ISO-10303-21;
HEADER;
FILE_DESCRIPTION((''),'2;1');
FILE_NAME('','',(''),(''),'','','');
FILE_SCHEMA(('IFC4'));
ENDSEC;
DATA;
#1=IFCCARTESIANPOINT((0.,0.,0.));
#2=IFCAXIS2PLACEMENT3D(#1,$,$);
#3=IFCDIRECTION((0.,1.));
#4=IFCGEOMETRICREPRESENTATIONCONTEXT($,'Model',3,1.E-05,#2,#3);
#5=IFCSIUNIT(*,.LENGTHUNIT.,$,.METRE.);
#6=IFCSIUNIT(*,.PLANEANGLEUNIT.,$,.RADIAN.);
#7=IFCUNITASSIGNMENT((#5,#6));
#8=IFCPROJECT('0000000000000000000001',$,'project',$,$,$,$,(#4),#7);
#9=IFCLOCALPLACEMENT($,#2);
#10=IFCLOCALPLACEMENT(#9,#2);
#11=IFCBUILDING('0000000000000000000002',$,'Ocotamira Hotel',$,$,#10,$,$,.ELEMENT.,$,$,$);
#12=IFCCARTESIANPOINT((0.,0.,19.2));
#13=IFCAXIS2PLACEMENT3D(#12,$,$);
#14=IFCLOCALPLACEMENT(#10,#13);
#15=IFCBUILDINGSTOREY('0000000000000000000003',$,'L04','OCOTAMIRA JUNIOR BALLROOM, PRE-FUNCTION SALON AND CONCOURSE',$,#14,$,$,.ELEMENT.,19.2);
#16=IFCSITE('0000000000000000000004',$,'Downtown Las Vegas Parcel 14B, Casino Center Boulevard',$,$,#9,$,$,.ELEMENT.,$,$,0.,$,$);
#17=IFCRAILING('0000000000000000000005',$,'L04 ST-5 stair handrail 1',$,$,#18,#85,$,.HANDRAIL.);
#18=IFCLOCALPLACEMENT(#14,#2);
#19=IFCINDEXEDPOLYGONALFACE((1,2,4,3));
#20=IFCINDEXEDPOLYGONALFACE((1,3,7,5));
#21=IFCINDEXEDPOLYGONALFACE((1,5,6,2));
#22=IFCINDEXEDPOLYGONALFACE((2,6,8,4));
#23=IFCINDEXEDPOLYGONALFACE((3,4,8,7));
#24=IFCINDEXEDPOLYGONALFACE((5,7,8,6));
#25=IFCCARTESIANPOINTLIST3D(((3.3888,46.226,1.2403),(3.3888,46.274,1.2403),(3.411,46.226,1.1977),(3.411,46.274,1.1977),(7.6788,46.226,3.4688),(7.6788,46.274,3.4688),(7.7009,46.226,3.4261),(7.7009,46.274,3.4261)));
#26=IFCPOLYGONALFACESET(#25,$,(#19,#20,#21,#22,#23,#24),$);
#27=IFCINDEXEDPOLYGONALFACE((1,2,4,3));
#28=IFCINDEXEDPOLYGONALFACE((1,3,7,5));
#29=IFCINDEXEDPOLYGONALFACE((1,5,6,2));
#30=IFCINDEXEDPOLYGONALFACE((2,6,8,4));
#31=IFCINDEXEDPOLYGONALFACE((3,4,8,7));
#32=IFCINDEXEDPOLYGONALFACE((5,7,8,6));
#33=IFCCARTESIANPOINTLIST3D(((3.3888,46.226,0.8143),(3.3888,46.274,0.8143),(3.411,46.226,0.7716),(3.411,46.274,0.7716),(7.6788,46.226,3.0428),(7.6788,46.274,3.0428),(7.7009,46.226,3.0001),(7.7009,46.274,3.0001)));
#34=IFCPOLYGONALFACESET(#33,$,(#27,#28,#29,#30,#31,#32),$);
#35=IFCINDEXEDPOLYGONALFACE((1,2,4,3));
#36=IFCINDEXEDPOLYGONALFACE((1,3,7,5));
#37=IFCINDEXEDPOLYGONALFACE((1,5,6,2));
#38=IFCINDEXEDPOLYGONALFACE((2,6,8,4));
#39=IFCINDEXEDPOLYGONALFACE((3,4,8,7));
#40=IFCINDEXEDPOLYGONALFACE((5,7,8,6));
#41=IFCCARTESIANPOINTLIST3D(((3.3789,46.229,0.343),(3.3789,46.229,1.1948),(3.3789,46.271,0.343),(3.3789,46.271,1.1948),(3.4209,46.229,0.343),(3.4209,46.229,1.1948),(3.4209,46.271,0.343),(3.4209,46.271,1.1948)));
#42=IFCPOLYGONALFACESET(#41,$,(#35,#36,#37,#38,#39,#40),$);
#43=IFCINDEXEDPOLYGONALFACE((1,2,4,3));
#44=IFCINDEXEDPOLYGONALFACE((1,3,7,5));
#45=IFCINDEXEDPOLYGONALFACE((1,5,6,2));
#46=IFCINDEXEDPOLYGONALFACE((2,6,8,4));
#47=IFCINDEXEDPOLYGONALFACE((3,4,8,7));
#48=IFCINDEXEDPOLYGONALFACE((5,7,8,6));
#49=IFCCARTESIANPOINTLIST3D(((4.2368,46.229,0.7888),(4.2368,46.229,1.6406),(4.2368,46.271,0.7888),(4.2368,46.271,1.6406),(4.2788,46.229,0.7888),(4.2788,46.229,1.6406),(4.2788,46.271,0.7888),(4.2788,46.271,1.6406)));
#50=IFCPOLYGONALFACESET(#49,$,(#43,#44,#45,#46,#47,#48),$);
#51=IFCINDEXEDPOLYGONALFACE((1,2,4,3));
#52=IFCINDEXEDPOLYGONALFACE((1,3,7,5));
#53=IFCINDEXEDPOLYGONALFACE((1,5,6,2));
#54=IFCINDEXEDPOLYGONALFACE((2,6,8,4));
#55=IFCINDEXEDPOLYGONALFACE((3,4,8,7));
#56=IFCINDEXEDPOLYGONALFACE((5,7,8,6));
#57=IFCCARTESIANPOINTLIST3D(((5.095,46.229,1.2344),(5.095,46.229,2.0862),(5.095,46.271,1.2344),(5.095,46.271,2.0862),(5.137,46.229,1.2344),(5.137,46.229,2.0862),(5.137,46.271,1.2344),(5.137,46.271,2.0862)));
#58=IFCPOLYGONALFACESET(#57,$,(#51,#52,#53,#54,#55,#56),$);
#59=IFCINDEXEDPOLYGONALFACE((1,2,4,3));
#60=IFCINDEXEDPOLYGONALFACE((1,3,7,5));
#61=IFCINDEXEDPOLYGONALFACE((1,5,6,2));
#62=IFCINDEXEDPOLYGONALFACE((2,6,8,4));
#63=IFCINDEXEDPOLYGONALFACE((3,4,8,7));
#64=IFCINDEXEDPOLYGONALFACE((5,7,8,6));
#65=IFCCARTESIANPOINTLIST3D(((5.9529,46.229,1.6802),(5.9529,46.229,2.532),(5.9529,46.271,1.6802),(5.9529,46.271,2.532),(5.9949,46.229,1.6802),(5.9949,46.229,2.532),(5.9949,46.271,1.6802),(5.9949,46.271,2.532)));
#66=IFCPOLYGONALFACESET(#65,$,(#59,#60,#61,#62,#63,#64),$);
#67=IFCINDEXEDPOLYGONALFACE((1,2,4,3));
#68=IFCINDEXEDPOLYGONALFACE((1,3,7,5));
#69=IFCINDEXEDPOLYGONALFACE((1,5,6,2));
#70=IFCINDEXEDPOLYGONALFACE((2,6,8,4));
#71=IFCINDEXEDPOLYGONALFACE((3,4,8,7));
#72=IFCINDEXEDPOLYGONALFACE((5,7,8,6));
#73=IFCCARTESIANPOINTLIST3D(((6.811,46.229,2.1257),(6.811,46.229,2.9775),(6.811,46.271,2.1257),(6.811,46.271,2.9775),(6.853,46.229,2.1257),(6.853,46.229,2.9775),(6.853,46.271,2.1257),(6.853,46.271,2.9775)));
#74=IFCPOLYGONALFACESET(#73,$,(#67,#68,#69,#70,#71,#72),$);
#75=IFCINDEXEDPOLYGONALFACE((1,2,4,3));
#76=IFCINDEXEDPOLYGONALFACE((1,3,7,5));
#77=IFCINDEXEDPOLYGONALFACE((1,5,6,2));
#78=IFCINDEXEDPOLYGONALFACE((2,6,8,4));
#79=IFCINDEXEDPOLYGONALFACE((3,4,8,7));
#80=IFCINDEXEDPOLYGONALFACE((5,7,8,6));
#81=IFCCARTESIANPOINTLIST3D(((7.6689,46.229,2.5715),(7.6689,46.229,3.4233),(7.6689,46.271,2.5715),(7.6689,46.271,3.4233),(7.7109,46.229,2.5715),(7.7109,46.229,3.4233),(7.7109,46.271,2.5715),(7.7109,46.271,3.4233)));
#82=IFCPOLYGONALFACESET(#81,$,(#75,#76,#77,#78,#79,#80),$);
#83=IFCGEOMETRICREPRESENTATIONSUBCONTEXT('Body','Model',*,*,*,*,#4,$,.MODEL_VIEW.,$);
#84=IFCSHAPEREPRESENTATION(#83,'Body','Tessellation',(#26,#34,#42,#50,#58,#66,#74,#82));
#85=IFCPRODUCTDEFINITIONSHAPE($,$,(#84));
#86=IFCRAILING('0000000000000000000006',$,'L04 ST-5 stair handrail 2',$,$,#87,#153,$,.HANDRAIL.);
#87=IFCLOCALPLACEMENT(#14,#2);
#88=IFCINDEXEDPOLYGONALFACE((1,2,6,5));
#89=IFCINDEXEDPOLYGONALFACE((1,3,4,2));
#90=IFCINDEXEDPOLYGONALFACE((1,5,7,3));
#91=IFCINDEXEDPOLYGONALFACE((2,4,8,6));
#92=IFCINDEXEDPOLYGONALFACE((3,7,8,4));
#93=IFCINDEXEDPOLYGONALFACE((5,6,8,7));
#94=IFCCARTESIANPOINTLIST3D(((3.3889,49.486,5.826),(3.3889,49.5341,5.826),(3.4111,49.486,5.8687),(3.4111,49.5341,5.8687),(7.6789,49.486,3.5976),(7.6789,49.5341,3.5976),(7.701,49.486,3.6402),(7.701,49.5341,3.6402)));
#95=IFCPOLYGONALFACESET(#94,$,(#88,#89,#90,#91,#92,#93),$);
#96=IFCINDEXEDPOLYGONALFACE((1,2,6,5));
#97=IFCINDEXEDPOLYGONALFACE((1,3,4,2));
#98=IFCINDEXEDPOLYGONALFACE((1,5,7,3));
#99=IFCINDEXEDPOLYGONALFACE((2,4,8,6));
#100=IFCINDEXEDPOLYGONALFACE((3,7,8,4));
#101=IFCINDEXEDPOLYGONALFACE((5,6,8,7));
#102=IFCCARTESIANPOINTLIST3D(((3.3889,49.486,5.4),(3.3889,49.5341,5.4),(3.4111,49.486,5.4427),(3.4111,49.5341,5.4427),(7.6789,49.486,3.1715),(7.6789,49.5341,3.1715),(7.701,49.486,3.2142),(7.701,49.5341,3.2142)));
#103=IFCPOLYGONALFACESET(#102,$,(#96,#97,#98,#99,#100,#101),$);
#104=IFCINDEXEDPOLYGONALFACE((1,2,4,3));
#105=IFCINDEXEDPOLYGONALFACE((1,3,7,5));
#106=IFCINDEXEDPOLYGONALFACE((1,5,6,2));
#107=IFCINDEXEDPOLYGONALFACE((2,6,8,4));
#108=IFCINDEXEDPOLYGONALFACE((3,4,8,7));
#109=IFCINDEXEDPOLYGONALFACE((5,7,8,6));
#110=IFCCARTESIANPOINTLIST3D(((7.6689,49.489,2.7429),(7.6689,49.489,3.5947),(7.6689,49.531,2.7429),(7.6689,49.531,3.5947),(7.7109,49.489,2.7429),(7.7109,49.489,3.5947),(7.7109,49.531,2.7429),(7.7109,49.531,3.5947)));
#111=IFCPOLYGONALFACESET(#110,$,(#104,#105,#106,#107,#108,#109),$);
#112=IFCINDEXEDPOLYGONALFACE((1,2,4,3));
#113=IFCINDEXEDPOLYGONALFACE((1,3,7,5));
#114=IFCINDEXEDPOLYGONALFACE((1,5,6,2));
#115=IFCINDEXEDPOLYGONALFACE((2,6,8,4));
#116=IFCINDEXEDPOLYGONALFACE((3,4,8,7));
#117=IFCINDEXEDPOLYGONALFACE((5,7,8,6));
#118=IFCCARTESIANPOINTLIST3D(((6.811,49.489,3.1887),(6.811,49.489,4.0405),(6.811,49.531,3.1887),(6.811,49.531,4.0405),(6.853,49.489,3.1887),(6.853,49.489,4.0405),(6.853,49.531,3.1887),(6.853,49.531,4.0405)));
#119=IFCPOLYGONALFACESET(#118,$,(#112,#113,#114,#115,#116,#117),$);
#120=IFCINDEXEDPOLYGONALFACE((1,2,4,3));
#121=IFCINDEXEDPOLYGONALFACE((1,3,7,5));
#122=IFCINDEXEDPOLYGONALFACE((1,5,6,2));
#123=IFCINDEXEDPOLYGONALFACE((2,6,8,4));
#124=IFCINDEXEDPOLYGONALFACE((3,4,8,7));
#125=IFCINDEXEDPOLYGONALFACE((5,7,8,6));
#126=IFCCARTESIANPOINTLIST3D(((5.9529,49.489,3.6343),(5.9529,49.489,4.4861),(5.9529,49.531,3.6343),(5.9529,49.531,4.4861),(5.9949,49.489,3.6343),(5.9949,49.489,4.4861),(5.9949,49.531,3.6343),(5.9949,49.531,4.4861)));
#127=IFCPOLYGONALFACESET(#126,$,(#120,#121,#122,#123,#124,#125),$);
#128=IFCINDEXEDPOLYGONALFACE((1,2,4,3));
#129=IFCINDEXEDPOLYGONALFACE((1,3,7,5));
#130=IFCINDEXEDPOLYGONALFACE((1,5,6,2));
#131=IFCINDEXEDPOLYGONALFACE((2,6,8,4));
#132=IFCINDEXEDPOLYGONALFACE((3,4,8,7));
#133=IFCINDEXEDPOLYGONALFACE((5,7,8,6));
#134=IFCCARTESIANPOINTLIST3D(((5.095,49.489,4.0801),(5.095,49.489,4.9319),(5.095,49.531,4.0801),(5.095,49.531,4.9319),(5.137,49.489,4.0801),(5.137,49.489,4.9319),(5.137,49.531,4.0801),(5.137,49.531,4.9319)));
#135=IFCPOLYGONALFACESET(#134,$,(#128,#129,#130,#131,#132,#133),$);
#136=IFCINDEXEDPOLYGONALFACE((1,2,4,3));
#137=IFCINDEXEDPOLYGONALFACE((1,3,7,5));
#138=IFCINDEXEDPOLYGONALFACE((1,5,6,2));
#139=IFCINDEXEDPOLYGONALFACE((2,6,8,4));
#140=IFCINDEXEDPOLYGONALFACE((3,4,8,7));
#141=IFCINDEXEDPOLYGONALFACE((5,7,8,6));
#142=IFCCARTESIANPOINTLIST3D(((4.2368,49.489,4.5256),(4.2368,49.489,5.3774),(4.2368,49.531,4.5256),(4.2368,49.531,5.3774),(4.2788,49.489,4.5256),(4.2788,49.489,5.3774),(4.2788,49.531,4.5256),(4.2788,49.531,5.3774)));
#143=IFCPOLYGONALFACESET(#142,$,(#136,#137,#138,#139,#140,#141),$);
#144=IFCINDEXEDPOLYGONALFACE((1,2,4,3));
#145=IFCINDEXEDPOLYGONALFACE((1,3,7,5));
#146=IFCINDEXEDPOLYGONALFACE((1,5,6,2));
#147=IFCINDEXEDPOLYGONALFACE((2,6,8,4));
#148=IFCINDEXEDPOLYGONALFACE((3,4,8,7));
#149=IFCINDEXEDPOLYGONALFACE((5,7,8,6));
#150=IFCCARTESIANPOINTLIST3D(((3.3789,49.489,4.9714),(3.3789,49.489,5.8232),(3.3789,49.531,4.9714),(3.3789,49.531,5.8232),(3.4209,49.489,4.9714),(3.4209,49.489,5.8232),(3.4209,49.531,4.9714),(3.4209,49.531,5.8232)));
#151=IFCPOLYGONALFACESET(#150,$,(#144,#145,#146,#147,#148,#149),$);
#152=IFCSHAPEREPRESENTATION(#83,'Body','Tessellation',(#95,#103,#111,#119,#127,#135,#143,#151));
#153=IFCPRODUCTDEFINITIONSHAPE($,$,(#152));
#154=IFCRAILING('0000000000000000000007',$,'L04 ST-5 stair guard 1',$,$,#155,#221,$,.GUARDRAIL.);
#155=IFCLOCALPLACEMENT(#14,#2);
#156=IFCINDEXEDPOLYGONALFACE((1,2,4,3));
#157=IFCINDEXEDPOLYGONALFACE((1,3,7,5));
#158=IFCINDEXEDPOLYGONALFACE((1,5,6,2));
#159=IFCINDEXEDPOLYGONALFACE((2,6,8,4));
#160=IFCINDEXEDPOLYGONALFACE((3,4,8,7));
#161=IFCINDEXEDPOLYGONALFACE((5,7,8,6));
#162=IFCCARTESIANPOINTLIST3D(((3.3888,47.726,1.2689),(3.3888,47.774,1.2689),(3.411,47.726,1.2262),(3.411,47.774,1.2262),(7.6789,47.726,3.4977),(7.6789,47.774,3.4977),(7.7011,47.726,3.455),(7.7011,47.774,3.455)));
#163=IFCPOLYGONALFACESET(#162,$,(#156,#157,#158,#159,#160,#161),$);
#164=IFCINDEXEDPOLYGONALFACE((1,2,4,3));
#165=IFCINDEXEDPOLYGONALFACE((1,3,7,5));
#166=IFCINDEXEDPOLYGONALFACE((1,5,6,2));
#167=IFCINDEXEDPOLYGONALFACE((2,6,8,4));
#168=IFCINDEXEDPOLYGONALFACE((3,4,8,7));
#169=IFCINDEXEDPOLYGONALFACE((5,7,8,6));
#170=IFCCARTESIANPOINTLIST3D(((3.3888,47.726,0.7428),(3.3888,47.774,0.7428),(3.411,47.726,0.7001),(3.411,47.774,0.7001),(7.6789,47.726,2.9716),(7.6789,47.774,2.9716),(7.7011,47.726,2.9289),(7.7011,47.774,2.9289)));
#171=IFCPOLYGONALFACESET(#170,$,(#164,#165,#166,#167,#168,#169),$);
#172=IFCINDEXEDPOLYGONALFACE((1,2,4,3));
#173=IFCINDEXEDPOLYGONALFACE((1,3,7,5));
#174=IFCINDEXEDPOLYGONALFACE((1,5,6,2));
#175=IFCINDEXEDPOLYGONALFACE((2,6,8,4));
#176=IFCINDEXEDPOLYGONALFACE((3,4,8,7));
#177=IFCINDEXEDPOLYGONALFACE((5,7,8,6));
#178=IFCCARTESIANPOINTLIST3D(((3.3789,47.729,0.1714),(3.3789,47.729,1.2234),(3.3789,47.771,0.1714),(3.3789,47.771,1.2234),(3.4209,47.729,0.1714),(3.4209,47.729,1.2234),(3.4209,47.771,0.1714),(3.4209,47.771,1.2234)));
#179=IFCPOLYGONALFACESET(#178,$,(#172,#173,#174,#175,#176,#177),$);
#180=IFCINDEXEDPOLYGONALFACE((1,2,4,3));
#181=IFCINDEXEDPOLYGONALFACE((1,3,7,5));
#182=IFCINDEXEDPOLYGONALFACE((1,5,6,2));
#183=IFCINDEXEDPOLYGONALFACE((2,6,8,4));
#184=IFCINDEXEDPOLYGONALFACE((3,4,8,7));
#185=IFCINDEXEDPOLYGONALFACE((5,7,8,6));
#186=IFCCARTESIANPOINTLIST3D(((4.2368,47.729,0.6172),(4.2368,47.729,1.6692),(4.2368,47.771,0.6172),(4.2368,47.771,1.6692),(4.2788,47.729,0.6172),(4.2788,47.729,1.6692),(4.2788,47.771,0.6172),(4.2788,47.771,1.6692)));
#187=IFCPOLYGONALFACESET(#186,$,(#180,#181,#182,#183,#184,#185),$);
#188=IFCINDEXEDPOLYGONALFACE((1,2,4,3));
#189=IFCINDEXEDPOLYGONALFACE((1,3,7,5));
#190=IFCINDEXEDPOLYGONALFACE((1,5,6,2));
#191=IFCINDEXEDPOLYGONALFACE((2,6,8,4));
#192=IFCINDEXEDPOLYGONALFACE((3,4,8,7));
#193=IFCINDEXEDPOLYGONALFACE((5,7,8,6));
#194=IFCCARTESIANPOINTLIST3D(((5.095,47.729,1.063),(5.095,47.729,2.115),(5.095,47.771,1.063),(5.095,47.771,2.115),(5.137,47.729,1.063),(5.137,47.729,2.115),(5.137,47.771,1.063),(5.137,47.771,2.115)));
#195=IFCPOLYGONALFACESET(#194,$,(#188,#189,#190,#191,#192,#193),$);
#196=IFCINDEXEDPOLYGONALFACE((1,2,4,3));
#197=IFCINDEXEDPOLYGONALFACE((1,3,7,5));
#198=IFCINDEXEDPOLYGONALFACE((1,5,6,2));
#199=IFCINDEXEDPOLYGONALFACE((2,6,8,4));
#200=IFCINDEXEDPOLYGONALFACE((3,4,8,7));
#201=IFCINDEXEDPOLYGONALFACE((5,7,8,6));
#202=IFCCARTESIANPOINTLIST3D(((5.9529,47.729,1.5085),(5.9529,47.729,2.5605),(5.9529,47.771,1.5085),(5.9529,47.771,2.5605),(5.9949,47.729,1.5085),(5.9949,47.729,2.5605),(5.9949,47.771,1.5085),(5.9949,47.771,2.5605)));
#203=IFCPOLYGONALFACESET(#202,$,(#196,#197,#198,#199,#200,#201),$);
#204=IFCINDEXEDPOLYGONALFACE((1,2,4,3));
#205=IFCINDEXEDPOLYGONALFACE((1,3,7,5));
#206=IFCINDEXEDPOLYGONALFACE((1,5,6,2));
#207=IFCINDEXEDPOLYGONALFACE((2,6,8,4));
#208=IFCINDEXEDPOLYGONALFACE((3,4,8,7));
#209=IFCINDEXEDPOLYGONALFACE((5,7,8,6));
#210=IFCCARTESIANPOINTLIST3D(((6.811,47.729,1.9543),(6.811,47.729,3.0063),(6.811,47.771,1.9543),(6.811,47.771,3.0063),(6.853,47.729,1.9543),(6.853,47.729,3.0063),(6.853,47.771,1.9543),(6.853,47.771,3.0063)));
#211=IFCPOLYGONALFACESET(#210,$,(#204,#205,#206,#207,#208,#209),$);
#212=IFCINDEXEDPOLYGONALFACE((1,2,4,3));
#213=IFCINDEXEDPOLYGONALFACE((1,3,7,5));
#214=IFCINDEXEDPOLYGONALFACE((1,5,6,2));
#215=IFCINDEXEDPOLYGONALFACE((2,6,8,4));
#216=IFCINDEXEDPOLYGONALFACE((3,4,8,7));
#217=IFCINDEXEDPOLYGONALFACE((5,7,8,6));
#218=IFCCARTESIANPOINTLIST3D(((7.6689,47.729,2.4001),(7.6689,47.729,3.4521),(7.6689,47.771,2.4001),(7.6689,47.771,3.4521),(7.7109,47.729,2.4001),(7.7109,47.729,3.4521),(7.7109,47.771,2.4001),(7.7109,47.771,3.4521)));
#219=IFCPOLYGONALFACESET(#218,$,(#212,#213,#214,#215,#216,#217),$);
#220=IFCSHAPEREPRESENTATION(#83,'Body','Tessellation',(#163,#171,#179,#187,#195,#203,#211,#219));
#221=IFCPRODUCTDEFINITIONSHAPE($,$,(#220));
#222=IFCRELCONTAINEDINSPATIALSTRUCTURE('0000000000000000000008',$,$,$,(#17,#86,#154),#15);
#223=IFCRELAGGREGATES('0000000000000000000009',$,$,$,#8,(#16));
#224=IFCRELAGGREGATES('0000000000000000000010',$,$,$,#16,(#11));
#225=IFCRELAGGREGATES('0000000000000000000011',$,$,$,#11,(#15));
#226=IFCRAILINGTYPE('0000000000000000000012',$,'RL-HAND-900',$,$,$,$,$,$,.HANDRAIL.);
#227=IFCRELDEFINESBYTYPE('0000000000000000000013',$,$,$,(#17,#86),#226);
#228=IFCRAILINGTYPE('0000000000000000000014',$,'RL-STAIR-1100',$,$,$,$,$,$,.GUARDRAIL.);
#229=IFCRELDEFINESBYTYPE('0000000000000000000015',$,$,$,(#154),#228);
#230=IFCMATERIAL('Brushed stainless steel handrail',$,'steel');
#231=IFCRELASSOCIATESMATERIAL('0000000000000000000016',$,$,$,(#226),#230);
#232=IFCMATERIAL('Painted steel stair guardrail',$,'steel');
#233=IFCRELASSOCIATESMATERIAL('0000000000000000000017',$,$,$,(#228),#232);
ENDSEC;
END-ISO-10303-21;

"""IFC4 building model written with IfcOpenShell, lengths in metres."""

from ifc_helpers import new_model, si_unit, direction, frame, origin, origin_2d, place, context, subcontext, project, spatial, rectangle, extrude, material, type_object, element, save


model = new_model("IFC4")

# Units and contexts
model_context = context("Model", 3, precision=1e-05, world=origin(), true_north=direction((0.0, 1.0)))
body_context = subcontext(model_context, "Body", "Model", "MODEL_VIEW")
ifc_project = project(units=[si_unit("LENGTHUNIT", "METRE"), si_unit("PLANEANGLEUNIT", "RADIAN")], contexts=[model_context])

# Site, building, storey
site_placement = place(None, origin())
site = spatial("IfcSite", under=ifc_project, at=site_placement, Name="Downtown Las Vegas Parcel 14B, Casino Center Boulevard", CompositionType="ELEMENT", RefElevation=0.0)
building_placement = place(site_placement, origin())
building = spatial("IfcBuilding", under=site, at=building_placement, Name="Ocotamira Hotel", CompositionType="ELEMENT")
storey_placement = place(building_placement, frame((0.0, 0.0, 19.2)))
storey = spatial("IfcBuildingStorey", under=building, at=storey_placement, Name="L04", Description="OCOTAMIRA JUNIOR BALLROOM, PRE-FUNCTION SALON AND CONCOURSE", CompositionType="ELEMENT", Elevation=19.2)

# Railings
ifc_material_1 = material(Name="Brushed stainless steel handrail", Category="steel")
railing_type_1 = type_object("IfcRailingType", Name="RL-HAND-900", PredefinedType="HANDRAIL", material=ifc_material_1)
railing_1_placement = place(storey_placement, frame((3.3999, 46.25, 0.343)))
element("IfcRailing", 1, at=railing_1_placement, inside=storey, type_object=railing_type_1, Name="L04 ST-5 stair handrail 1", PredefinedType="HANDRAIL", context=body_context, shape_type="SweptSolid", body=[
    extrude(rectangle(XDim=0.0481, YDim=0.0481, at=origin_2d()), frame((0.0, 0.0, 0.876), z_axis=(0.887412, 0.0, 0.460977), x_axis=(0.0, 1.0, 0.0)), (0.0, 0.0, 1.0), 4.8342),
    extrude(rectangle(XDim=0.0481, YDim=0.0481, at=origin_2d()), frame((0.0, 0.0, 0.45), z_axis=(0.887412, 0.0, 0.460977), x_axis=(0.0, 1.0, 0.0)), (0.0, 0.0, 1.0), 4.8342),
    extrude(rectangle(XDim=0.042, YDim=0.042, at=origin_2d()), origin(), (0.0, 0.0, 1.0), 0.8518),
    extrude(rectangle(XDim=0.042, YDim=0.042, at=origin_2d()), frame((0.8579, 0.0, 0.4458)), (0.0, 0.0, 1.0), 0.8518),
    extrude(rectangle(XDim=0.042, YDim=0.042, at=origin_2d()), frame((1.7161, 0.0, 0.8914)), (0.0, 0.0, 1.0), 0.8518),
    extrude(rectangle(XDim=0.042, YDim=0.042, at=origin_2d()), frame((2.574, 0.0, 1.3372)), (0.0, 0.0, 1.0), 0.8518),
    extrude(rectangle(XDim=0.042, YDim=0.042, at=origin_2d()), frame((3.4321, 0.0, 1.7827)), (0.0, 0.0, 1.0), 0.8518),
    extrude(rectangle(XDim=0.042, YDim=0.042, at=origin_2d()), frame((4.29, 0.0, 2.2285)), (0.0, 0.0, 1.0), 0.8518),
])
railing_2_placement = place(storey_placement, frame((7.6899, 49.51, 2.7429)))
element("IfcRailing", 2, at=railing_2_placement, inside=storey, type_object=railing_type_1, Name="L04 ST-5 stair handrail 2", PredefinedType="HANDRAIL", context=body_context, shape_type="SweptSolid", body=[
    extrude(rectangle(XDim=0.0481, YDim=0.0481, at=origin_2d()), frame((0.0, 0.0, 0.876), z_axis=(-0.887412, 0.0, 0.460977), x_axis=(0.0, -1.0, 0.0)), (0.0, 0.0, 1.0), 4.8342),
    extrude(rectangle(XDim=0.0481, YDim=0.0481, at=origin_2d()), frame((0.0, 0.0, 0.45), z_axis=(-0.887412, 0.0, 0.460977), x_axis=(0.0, -1.0, 0.0)), (0.0, 0.0, 1.0), 4.8342),
    extrude(rectangle(XDim=0.042, YDim=0.042, at=origin_2d()), origin(), (0.0, 0.0, 1.0), 0.8518),
    extrude(rectangle(XDim=0.042, YDim=0.042, at=origin_2d()), frame((-0.8579, 0.0, 0.4458)), (0.0, 0.0, 1.0), 0.8518),
    extrude(rectangle(XDim=0.042, YDim=0.042, at=origin_2d()), frame((-1.7161, 0.0, 0.8914)), (0.0, 0.0, 1.0), 0.8518),
    extrude(rectangle(XDim=0.042, YDim=0.042, at=origin_2d()), frame((-2.574, 0.0, 1.3372)), (0.0, 0.0, 1.0), 0.8518),
    extrude(rectangle(XDim=0.042, YDim=0.042, at=origin_2d()), frame((-3.4321, 0.0, 1.7827)), (0.0, 0.0, 1.0), 0.8518),
    extrude(rectangle(XDim=0.042, YDim=0.042, at=origin_2d()), frame((-4.29, 0.0, 2.2285)), (0.0, 0.0, 1.0), 0.8518),
])
ifc_material_2 = material(Name="Painted steel stair guardrail", Category="steel")
railing_type_2 = type_object("IfcRailingType", Name="RL-STAIR-1100", PredefinedType="GUARDRAIL", material=ifc_material_2)
railing_3_placement = place(storey_placement, frame((3.3999, 47.75, 0.1714)))
element("IfcRailing", 3, at=railing_3_placement, inside=storey, type_object=railing_type_2, Name="L04 ST-5 stair guard 1", PredefinedType="GUARDRAIL", context=body_context, shape_type="SweptSolid", body=[
    extrude(rectangle(XDim=0.0481, YDim=0.0481, at=origin_2d()), frame((0.0, 0.0, 1.0762), z_axis=(0.887391, 0.0, 0.461017), x_axis=(0.0, 1.0, 0.0)), (0.0, 0.0, 1.0), 4.8345),
    extrude(rectangle(XDim=0.0481, YDim=0.0481, at=origin_2d()), frame((0.0, 0.0, 0.55), z_axis=(0.887391, 0.0, 0.461017), x_axis=(0.0, 1.0, 0.0)), (0.0, 0.0, 1.0), 4.8345),
    extrude(rectangle(XDim=0.042, YDim=0.042, at=origin_2d()), origin(), (0.0, 0.0, 1.0), 1.052),
    extrude(rectangle(XDim=0.042, YDim=0.042, at=origin_2d()), frame((0.8579, 0.0, 0.4458)), (0.0, 0.0, 1.0), 1.052),
    extrude(rectangle(XDim=0.042, YDim=0.042, at=origin_2d()), frame((1.7161, 0.0, 0.8916)), (0.0, 0.0, 1.0), 1.052),
    extrude(rectangle(XDim=0.042, YDim=0.042, at=origin_2d()), frame((2.574, 0.0, 1.3372)), (0.0, 0.0, 1.0), 1.052),
    extrude(rectangle(XDim=0.042, YDim=0.042, at=origin_2d()), frame((3.4321, 0.0, 1.783)), (0.0, 0.0, 1.0), 1.052),
    extrude(rectangle(XDim=0.042, YDim=0.042, at=origin_2d()), frame((4.29, 0.0, 2.2288)), (0.0, 0.0, 1.0), 1.052),
])

save(model, "model.ifc")
